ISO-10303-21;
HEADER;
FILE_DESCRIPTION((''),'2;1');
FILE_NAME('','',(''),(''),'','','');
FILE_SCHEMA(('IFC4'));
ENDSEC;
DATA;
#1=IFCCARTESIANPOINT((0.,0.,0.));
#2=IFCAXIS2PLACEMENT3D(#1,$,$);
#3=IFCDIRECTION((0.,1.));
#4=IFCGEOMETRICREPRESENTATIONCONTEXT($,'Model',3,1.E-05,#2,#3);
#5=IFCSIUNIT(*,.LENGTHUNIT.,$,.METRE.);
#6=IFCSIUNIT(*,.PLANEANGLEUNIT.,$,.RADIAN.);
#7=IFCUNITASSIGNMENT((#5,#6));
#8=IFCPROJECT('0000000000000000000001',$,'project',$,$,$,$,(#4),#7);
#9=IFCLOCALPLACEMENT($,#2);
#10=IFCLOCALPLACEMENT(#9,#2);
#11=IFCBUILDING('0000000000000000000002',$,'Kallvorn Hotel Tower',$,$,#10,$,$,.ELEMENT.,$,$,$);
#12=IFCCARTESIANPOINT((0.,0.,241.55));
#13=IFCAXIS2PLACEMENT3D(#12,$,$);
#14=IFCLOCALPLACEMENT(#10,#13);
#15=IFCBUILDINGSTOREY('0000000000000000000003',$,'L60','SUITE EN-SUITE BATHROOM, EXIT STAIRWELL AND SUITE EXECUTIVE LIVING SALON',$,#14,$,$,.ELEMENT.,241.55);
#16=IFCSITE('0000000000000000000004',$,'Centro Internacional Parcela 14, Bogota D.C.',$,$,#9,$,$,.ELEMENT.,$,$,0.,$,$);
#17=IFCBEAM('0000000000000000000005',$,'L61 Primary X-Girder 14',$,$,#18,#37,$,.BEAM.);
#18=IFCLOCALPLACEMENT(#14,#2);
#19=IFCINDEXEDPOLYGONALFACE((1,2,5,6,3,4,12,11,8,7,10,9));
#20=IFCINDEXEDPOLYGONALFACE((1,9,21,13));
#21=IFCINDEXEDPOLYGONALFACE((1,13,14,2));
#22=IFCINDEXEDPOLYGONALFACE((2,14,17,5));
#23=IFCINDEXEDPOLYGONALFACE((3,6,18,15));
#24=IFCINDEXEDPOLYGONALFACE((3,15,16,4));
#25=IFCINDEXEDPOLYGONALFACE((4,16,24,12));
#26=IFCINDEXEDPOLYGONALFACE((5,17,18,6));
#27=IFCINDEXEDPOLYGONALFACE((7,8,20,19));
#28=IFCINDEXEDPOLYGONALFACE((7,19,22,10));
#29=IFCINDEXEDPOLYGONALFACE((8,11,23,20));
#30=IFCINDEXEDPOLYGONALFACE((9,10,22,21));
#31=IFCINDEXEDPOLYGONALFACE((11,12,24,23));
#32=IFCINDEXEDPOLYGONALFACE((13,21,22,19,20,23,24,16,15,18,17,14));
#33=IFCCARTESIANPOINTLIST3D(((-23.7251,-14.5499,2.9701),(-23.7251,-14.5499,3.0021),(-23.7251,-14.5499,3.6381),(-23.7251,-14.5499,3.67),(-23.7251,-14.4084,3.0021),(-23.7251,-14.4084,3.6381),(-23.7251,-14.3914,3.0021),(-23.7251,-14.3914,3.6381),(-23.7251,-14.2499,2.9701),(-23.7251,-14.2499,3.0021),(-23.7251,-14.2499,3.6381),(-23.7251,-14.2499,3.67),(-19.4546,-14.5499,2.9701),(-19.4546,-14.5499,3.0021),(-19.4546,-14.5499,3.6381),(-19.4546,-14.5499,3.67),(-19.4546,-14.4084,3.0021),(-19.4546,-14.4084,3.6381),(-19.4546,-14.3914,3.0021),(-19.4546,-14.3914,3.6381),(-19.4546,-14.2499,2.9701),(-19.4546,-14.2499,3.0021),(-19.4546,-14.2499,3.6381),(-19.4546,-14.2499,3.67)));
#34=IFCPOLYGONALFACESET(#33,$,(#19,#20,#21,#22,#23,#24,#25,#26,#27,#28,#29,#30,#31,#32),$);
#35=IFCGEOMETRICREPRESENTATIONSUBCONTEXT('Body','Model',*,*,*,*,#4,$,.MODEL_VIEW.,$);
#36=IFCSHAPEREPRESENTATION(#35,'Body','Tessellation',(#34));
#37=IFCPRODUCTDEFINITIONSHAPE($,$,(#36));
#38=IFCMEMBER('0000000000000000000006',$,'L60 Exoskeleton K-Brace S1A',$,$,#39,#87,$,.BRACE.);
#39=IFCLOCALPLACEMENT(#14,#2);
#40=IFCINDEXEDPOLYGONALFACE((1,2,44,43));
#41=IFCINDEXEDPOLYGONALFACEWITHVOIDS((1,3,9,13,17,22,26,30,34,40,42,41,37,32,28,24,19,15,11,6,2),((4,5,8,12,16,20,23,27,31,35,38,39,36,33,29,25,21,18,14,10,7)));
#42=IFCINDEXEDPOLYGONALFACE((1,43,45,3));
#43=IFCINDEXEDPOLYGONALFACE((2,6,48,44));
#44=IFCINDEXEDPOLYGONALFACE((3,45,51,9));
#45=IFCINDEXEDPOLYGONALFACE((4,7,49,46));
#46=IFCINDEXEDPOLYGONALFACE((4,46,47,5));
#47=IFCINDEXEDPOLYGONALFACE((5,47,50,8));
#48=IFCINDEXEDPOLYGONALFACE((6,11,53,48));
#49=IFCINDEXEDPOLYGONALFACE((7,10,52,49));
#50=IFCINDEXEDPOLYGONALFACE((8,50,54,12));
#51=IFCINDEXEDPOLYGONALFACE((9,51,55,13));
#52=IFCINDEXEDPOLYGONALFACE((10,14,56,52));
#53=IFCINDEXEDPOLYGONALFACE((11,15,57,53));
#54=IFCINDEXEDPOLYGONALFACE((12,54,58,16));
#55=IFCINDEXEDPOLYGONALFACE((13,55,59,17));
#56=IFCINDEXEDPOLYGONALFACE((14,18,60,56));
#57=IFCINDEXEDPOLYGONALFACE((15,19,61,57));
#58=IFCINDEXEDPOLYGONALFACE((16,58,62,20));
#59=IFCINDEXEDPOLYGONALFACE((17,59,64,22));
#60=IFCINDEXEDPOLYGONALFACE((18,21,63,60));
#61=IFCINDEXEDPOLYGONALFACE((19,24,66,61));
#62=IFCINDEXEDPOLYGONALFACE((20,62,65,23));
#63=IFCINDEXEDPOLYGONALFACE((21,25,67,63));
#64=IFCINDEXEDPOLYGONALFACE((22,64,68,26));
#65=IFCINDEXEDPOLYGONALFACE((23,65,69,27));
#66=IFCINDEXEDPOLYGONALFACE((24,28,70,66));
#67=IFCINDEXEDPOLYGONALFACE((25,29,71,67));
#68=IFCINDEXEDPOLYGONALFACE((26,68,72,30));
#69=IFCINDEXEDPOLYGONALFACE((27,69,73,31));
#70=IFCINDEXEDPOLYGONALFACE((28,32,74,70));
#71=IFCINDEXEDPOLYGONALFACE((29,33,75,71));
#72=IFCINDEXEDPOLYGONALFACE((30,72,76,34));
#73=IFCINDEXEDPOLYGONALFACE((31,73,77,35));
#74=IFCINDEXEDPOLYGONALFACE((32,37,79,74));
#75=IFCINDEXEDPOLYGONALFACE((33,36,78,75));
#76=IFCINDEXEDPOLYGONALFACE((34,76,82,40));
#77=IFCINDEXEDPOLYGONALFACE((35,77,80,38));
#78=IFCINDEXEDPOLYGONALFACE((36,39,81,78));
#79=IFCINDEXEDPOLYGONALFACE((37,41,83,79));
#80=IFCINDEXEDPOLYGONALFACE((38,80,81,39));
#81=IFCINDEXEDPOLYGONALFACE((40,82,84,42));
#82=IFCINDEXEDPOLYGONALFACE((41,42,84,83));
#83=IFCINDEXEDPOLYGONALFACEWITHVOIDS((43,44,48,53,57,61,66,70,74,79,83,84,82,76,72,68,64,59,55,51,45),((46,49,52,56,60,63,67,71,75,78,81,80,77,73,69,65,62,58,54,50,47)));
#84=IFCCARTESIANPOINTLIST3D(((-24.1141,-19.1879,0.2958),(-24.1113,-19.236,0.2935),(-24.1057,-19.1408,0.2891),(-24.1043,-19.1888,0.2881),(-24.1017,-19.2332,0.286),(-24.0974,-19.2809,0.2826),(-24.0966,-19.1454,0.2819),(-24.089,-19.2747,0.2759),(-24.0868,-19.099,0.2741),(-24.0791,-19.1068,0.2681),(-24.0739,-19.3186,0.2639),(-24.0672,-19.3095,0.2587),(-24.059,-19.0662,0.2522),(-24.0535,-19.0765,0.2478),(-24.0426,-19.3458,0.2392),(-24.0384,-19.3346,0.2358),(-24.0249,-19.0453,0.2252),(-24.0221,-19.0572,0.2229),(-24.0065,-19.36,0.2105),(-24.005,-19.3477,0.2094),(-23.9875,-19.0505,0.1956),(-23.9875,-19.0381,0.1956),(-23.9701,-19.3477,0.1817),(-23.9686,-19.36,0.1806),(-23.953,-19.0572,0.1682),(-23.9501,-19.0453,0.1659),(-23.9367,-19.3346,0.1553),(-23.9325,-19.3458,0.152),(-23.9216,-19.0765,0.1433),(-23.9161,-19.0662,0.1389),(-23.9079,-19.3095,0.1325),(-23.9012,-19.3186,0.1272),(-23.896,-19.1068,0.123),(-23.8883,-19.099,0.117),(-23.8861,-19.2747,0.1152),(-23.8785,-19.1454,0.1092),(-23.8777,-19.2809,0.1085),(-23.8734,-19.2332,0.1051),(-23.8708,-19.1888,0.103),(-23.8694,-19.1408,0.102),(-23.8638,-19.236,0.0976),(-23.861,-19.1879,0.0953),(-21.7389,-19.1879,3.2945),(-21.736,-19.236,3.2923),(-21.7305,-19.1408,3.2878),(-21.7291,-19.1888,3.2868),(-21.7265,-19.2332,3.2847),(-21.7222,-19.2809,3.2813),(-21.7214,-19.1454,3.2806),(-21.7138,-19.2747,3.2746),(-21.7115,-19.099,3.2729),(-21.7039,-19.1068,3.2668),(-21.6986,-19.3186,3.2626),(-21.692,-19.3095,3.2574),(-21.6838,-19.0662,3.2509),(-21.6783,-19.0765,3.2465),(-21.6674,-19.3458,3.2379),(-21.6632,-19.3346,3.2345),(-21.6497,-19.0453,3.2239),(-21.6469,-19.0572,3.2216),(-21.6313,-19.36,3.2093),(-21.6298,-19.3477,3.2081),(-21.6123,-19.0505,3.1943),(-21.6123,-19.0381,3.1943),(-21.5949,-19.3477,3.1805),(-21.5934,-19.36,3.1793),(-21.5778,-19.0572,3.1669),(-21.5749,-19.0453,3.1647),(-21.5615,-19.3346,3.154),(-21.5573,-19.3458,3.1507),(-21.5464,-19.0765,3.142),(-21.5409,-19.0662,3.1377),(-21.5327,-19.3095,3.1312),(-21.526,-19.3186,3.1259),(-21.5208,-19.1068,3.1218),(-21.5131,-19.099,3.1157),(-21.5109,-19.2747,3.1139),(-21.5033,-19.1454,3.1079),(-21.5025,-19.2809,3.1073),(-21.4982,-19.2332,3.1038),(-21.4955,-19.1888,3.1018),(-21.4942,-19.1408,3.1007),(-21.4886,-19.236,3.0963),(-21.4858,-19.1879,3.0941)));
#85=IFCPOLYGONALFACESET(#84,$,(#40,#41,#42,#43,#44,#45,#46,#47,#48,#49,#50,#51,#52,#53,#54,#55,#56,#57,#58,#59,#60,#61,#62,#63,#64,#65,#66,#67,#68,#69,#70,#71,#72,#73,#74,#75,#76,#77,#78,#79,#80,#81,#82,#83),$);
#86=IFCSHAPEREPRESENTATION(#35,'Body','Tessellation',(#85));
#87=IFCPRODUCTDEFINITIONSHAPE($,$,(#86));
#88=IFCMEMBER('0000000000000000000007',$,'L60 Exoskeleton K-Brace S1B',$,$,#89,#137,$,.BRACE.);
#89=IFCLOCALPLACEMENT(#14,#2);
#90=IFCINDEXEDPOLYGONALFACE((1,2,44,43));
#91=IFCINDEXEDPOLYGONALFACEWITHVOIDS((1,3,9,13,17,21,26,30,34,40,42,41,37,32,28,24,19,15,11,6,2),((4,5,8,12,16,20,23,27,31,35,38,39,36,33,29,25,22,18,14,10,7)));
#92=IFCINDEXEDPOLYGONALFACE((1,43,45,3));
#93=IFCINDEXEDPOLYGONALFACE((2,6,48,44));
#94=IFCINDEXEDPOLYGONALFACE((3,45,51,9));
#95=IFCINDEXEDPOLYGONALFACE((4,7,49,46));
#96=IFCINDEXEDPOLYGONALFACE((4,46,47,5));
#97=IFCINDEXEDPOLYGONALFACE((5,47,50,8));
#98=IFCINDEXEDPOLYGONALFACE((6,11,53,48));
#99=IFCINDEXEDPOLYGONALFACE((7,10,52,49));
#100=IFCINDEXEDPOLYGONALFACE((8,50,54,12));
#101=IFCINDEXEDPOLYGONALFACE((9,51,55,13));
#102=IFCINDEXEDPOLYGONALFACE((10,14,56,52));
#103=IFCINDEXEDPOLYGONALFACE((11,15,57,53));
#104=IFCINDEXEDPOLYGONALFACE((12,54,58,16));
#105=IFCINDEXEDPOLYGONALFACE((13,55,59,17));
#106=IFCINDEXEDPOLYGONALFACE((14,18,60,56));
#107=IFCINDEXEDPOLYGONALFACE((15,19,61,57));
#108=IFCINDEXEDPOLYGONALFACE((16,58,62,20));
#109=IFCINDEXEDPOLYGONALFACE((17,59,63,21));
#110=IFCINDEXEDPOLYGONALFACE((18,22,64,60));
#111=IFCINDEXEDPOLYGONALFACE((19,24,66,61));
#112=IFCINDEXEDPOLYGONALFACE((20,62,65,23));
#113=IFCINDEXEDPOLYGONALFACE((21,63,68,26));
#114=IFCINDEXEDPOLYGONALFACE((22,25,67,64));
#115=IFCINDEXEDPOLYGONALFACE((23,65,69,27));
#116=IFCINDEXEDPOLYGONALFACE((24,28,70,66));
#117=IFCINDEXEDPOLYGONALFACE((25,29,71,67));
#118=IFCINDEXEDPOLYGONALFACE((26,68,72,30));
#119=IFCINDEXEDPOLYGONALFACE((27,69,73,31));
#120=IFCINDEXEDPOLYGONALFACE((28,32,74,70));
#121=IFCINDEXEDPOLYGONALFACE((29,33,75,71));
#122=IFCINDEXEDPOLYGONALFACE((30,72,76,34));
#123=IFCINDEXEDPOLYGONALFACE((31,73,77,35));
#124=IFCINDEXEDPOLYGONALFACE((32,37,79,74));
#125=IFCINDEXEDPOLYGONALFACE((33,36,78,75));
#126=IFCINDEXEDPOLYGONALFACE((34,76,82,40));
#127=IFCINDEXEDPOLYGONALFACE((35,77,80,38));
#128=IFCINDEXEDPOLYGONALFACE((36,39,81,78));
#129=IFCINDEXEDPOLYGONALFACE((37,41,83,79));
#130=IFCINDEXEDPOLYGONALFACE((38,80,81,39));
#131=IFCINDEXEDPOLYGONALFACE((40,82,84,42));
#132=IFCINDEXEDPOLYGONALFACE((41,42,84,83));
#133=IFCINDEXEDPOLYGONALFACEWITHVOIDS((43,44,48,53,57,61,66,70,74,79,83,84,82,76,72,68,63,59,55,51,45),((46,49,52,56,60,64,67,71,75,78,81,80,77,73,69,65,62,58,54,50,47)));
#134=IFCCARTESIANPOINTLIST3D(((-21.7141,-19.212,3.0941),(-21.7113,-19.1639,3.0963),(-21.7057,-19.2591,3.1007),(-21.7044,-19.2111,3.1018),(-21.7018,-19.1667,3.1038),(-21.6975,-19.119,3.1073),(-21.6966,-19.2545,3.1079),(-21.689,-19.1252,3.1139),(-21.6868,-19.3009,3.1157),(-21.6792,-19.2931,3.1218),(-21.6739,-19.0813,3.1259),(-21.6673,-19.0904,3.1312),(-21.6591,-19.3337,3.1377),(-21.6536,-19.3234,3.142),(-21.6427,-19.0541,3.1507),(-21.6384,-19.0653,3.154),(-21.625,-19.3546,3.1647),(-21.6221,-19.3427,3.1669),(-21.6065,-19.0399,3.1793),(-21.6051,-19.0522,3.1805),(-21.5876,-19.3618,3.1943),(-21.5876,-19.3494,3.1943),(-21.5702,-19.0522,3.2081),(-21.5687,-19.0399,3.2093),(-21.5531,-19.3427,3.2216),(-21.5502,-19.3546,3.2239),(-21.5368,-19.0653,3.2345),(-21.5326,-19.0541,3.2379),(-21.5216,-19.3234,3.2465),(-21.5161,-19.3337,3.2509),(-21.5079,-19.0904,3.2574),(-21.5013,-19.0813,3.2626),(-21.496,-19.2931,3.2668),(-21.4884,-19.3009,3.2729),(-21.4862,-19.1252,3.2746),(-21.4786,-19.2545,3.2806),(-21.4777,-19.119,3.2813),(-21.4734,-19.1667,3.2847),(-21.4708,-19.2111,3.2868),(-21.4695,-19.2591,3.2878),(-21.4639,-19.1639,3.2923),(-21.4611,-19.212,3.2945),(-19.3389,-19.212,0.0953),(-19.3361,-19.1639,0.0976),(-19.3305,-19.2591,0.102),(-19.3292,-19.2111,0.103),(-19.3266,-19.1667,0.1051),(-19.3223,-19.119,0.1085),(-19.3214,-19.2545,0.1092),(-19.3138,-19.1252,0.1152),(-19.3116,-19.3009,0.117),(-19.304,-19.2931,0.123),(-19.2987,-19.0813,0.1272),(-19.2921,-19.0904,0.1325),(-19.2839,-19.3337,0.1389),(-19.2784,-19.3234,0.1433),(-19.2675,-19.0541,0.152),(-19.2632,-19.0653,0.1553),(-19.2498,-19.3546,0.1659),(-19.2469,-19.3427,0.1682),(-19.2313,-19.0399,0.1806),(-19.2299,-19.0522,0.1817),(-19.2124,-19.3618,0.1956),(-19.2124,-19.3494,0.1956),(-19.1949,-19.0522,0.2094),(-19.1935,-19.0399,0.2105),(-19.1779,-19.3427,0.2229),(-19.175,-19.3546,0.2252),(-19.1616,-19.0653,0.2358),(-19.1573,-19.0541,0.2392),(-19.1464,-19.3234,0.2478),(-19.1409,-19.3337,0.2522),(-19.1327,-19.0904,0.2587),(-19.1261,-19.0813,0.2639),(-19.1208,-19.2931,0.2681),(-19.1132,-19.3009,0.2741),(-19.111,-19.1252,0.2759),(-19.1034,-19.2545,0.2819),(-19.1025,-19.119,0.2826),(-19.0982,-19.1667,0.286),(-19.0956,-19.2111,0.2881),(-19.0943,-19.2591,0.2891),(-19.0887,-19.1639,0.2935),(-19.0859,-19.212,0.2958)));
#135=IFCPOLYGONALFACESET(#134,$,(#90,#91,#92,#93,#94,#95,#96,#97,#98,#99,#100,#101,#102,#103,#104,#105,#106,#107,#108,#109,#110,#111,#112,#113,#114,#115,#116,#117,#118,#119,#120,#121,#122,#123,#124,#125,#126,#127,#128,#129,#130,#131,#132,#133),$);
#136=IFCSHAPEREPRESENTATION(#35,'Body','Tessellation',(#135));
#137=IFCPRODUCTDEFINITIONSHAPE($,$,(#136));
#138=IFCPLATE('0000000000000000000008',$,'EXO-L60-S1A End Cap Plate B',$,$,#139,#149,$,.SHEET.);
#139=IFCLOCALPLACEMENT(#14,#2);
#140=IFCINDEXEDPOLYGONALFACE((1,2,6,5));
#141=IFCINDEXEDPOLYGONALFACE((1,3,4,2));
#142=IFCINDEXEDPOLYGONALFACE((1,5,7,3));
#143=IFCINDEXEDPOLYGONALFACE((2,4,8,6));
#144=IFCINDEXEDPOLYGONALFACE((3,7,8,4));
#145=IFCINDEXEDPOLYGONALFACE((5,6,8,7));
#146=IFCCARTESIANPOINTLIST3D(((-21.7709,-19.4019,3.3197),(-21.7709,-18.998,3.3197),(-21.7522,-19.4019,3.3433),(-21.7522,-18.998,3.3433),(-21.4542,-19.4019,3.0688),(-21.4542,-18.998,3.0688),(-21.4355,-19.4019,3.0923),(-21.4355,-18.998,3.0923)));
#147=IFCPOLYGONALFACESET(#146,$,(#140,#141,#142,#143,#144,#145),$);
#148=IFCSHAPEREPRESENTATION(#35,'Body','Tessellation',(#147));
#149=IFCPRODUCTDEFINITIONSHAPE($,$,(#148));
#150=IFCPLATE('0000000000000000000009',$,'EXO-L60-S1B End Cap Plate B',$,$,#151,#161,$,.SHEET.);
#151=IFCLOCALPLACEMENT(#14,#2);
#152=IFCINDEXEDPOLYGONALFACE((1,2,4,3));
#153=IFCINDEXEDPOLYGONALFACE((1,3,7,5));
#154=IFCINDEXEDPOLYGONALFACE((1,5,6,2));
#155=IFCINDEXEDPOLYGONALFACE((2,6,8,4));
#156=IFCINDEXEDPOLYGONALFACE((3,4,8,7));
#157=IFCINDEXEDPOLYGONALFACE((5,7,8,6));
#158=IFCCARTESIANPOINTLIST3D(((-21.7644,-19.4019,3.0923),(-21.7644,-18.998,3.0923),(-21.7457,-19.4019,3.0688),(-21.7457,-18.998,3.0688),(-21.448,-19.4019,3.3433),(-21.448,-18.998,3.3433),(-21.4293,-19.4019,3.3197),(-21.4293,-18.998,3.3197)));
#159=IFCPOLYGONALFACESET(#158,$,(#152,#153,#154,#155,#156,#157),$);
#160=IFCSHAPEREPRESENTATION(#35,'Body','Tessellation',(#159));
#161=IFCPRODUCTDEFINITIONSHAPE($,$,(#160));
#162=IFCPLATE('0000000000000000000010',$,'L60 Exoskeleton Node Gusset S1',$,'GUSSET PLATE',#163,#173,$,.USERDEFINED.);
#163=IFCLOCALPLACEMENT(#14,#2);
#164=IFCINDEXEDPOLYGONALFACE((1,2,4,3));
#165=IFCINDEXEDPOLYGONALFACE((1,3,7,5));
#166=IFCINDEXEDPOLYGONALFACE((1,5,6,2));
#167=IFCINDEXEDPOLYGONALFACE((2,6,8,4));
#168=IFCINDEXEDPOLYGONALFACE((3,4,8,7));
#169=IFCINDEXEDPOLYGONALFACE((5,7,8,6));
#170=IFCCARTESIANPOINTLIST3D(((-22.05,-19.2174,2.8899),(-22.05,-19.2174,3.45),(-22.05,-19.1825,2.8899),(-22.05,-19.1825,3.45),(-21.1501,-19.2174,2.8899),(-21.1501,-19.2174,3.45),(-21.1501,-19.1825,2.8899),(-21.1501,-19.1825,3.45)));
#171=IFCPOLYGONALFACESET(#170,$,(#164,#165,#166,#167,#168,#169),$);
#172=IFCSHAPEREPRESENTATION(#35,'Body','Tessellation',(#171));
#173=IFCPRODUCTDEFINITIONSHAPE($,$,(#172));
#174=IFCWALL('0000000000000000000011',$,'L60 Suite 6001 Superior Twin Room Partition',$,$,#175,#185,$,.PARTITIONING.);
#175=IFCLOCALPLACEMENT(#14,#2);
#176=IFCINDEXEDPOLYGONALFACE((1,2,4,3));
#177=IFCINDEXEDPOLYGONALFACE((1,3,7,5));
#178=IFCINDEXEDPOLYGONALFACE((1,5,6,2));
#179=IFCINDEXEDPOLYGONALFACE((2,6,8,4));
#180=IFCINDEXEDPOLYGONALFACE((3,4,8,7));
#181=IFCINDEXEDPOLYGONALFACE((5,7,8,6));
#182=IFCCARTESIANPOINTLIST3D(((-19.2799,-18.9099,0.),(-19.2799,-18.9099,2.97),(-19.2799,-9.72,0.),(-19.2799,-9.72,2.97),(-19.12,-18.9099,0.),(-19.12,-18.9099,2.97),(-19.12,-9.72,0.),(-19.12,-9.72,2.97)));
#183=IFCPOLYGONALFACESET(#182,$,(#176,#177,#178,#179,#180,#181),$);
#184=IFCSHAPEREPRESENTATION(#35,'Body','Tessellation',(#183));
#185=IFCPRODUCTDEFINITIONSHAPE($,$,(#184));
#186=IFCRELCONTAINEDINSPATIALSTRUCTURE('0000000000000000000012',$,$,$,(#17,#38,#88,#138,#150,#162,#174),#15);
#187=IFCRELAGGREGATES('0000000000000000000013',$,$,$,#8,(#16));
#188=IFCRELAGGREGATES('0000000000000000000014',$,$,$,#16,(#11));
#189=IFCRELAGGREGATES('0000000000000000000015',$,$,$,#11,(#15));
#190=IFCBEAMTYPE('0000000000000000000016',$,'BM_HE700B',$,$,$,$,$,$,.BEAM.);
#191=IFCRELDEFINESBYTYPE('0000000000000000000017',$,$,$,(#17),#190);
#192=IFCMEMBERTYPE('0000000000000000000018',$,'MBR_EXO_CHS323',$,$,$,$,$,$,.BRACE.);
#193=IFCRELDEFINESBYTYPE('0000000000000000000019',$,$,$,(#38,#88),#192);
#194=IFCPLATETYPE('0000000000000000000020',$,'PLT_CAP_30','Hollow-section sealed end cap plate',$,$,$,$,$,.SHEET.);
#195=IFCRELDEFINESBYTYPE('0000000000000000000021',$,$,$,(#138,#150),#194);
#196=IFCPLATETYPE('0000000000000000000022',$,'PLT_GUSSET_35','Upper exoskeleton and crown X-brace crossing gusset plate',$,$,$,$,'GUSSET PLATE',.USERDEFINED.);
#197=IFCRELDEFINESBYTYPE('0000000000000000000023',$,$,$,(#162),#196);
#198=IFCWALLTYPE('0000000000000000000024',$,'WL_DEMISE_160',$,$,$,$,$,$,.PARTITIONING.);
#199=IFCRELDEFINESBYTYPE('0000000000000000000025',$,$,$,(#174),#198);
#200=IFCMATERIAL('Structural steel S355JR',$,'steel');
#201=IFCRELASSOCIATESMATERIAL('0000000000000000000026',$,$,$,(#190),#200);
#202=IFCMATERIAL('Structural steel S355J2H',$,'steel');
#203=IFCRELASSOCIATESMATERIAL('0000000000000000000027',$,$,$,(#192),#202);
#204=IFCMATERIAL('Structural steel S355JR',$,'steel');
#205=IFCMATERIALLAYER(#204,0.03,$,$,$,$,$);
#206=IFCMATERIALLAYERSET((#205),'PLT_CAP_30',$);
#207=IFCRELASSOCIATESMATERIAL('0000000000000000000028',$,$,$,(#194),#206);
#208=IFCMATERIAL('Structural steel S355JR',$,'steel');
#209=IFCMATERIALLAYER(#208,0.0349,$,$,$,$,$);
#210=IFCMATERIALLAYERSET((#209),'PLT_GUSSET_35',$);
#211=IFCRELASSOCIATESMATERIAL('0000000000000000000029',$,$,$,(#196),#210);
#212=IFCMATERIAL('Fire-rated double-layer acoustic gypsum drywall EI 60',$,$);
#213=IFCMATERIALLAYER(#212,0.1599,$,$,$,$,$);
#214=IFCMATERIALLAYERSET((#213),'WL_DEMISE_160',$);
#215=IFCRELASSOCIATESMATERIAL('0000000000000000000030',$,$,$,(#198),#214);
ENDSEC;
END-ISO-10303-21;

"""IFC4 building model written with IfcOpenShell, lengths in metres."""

from ifc_helpers import new_model, si_unit, direction, frame, frame_2d, origin, origin_2d, place, context, subcontext, project, spatial, polyline, rectangle, hollow_circle, i_section, outline, extrude, material, layer, layer_set, material_profile, profile_set, type_object, element, save


model = new_model("IFC4")

# Units and contexts
model_context = context("Model", 3, precision=1e-05, world=origin(), true_north=direction((0.0, 1.0)))
body_context = subcontext(model_context, "Body", "Model", "MODEL_VIEW")
ifc_project = project(units=[si_unit("LENGTHUNIT", "METRE"), si_unit("PLANEANGLEUNIT", "RADIAN")], contexts=[model_context])

# Site, building, storey
site_placement = place(None, origin())
site = spatial("IfcSite", under=ifc_project, at=site_placement, Name="Centro Internacional Parcela 14, Bogota D.C.", CompositionType="ELEMENT", RefElevation=0.0)
building_placement = place(site_placement, origin())
building = spatial("IfcBuilding", under=site, at=building_placement, Name="Kallvorn Hotel Tower", CompositionType="ELEMENT")
storey_placement = place(building_placement, frame((0.0, 0.0, 241.55)))
storey = spatial("IfcBuildingStorey", under=building, at=storey_placement, Name="L60", Description="SUITE EN-SUITE BATHROOM, EXIT STAIRWELL AND SUITE EXECUTIVE LIVING SALON", CompositionType="ELEMENT", Elevation=241.55)

# Beam
ifc_material_1 = material(Name="Structural steel S355JR", Category="steel")
ifc_material_profile_1 = material_profile(ifc_material_1, i_section(OverallWidth=0.3, OverallDepth=0.7, WebThickness=0.0171, FlangeThickness=0.032, at=origin_2d()), Name="HE 700 B")
ifc_profile_set_1 = profile_set([ifc_material_profile_1], Name="Structural steel S355JR")
beam_type_1 = type_object("IfcBeamType", Name="BM_HE700B", PredefinedType="BEAM", material=ifc_profile_set_1)
for number, where, z_axis, x_axis, name in (
    (1, (-23.7251, -14.3999, 3.3201), (1.0, 0.0, 0.0), (0.0, 1.0, 0.0), "L61 Primary X-Girder 14"),
):
    element("IfcBeam", number, at=place(storey_placement, frame(where, z_axis=z_axis, x_axis=x_axis)), inside=storey, type_object=beam_type_1, Name=name, PredefinedType="BEAM", context=body_context, shape_type="SweptSolid", body=[
        extrude(i_section(OverallWidth=0.3, OverallDepth=0.7, WebThickness=0.0171, FlangeThickness=0.032, at=origin_2d()), origin(), (0.0, 0.0, 1.0), 4.2705),
    ])

# Members
ifc_material_2 = material(Name="Structural steel S355J2H", Category="steel")
ifc_material_profile_2 = material_profile(ifc_material_2, hollow_circle(Radius=0.1619, WallThickness=0.0125, at=origin_2d()), Name="CHS 323.9x12.5")
ifc_profile_set_2 = profile_set([ifc_material_profile_2], Name="Structural steel S355J2H")
member_type = type_object("IfcMemberType", Name="MBR_EXO_CHS323", PredefinedType="BRACE", material=ifc_profile_set_2)
for number, where, z_axis, x_axis, name in (
    (2, (-23.9875, -19.2, 0.1956), (0.620897, 0.0, 0.783892), (0.0, 1.0, 0.0), "L60 Exoskeleton K-Brace S1A"),
    (3, (-19.2124, -19.2, 0.1956), (-0.620897, 0.0, 0.783892), (0.0, -1.0, 0.0), "L60 Exoskeleton K-Brace S1B"),
):
    element("IfcMember", number, at=place(storey_placement, frame(where, z_axis=z_axis, x_axis=x_axis)), inside=storey, type_object=member_type, Name=name, PredefinedType="BRACE", context=body_context, shape_type="SweptSolid", body=[
        extrude(hollow_circle(Radius=0.1619, WallThickness=0.0125, at=origin_2d()), origin(), (0.0, 0.0, 1.0), 3.8254),
    ])

# Plates
ifc_material_3 = material(Name="Structural steel S355JR", Category="steel")
ifc_layer_1 = layer(ifc_material_3, 0.03)
ifc_layer_set_1 = layer_set([ifc_layer_1], Name="PLT_CAP_30")
plate_type_1 = type_object("IfcPlateType", Name="PLT_CAP_30", Description="Hollow-section sealed end cap plate", PredefinedType="SHEET", material=ifc_layer_set_1)
plate_1_placement = place(storey_placement, frame((-21.4355, -19.4019, 3.0923), z_axis=(0.621152, 0.0, 0.78369), x_axis=(0.0, 1.0, 0.0)))
element("IfcPlate", 4, at=plate_1_placement, inside=storey, type_object=plate_type_1, Name="EXO-L60-S1A End Cap Plate B", PredefinedType="SHEET", context=body_context, shape_type="SweptSolid", body=[
    extrude(outline(polyline([(0.0, 0.0), (0.4038, 0.0), (0.4038, 0.4041), (0.0, 0.4041), (0.0, 0.0)])), origin(), (0.0, 0.0, -1.0), 0.03),
])
plate_2_placement = place(storey_placement, frame((-21.7644, -18.998, 3.0923), z_axis=(-0.621446, 0.0, 0.783457), x_axis=(0.0, -1.0, 0.0)))
element("IfcPlate", 5, at=plate_2_placement, inside=storey, type_object=plate_type_1, Name="EXO-L60-S1B End Cap Plate B", PredefinedType="SHEET", context=body_context, shape_type="SweptSolid", body=[
    extrude(outline(polyline([(0.0, 0.0), (0.4038, 0.0), (0.4038, 0.4039), (0.0, 0.4039), (0.0, 0.0)])), origin(), (0.0, 0.0, -1.0), 0.03),
])
ifc_material_4 = material(Name="Structural steel S355JR", Category="steel")
ifc_layer_2 = layer(ifc_material_4, 0.0349)
ifc_layer_set_2 = layer_set([ifc_layer_2], Name="PLT_GUSSET_35")
plate_type_2 = type_object("IfcPlateType", Name="PLT_GUSSET_35", Description="Upper exoskeleton and crown X-brace crossing gusset plate", ElementType="GUSSET PLATE", PredefinedType="USERDEFINED", material=ifc_layer_set_2)
plate_3_placement = place(storey_placement, frame((-21.6001, -19.2, 2.8899), z_axis=(0.0, 0.0, 1.0), x_axis=(1.0, 0.0, 0.0)))
element("IfcPlate", 6, at=plate_3_placement, inside=storey, type_object=plate_type_2, Name="L60 Exoskeleton Node Gusset S1", ObjectType="GUSSET PLATE", PredefinedType="USERDEFINED", context=body_context, shape_type="SweptSolid", body=[
    extrude(rectangle(XDim=0.8999, YDim=0.0349, at=origin_2d()), origin(), (0.0, 0.0, 1.0), 0.5601),
])

# Wall
ifc_material_5 = material(Name="Fire-rated double-layer acoustic gypsum drywall EI 60")
ifc_layer_3 = layer(ifc_material_5, 0.1599)
ifc_layer_set_3 = layer_set([ifc_layer_3], Name="WL_DEMISE_160")
wall_type_1 = type_object("IfcWallType", Name="WL_DEMISE_160", PredefinedType="PARTITIONING", material=ifc_layer_set_3)
for number, where, z_axis, x_axis, name in (
    (7, (-19.2, -18.9099, 0.0), (0.0, 0.0, 1.0), (0.0, 1.0, 0.0), "L60 Suite 6001 Superior Twin Room Partition"),
):
    element("IfcWall", number, at=place(storey_placement, frame(where, z_axis=z_axis, x_axis=x_axis)), inside=storey, type_object=wall_type_1, Name=name, PredefinedType="PARTITIONING", context=body_context, shape_type="SweptSolid", body=[
        extrude(rectangle(XDim=9.1899, YDim=0.1599, at=frame_2d((4.595, 0.0))), origin(), (0.0, 0.0, 1.0), 2.97),
    ])

save(model, "model.ifc")
